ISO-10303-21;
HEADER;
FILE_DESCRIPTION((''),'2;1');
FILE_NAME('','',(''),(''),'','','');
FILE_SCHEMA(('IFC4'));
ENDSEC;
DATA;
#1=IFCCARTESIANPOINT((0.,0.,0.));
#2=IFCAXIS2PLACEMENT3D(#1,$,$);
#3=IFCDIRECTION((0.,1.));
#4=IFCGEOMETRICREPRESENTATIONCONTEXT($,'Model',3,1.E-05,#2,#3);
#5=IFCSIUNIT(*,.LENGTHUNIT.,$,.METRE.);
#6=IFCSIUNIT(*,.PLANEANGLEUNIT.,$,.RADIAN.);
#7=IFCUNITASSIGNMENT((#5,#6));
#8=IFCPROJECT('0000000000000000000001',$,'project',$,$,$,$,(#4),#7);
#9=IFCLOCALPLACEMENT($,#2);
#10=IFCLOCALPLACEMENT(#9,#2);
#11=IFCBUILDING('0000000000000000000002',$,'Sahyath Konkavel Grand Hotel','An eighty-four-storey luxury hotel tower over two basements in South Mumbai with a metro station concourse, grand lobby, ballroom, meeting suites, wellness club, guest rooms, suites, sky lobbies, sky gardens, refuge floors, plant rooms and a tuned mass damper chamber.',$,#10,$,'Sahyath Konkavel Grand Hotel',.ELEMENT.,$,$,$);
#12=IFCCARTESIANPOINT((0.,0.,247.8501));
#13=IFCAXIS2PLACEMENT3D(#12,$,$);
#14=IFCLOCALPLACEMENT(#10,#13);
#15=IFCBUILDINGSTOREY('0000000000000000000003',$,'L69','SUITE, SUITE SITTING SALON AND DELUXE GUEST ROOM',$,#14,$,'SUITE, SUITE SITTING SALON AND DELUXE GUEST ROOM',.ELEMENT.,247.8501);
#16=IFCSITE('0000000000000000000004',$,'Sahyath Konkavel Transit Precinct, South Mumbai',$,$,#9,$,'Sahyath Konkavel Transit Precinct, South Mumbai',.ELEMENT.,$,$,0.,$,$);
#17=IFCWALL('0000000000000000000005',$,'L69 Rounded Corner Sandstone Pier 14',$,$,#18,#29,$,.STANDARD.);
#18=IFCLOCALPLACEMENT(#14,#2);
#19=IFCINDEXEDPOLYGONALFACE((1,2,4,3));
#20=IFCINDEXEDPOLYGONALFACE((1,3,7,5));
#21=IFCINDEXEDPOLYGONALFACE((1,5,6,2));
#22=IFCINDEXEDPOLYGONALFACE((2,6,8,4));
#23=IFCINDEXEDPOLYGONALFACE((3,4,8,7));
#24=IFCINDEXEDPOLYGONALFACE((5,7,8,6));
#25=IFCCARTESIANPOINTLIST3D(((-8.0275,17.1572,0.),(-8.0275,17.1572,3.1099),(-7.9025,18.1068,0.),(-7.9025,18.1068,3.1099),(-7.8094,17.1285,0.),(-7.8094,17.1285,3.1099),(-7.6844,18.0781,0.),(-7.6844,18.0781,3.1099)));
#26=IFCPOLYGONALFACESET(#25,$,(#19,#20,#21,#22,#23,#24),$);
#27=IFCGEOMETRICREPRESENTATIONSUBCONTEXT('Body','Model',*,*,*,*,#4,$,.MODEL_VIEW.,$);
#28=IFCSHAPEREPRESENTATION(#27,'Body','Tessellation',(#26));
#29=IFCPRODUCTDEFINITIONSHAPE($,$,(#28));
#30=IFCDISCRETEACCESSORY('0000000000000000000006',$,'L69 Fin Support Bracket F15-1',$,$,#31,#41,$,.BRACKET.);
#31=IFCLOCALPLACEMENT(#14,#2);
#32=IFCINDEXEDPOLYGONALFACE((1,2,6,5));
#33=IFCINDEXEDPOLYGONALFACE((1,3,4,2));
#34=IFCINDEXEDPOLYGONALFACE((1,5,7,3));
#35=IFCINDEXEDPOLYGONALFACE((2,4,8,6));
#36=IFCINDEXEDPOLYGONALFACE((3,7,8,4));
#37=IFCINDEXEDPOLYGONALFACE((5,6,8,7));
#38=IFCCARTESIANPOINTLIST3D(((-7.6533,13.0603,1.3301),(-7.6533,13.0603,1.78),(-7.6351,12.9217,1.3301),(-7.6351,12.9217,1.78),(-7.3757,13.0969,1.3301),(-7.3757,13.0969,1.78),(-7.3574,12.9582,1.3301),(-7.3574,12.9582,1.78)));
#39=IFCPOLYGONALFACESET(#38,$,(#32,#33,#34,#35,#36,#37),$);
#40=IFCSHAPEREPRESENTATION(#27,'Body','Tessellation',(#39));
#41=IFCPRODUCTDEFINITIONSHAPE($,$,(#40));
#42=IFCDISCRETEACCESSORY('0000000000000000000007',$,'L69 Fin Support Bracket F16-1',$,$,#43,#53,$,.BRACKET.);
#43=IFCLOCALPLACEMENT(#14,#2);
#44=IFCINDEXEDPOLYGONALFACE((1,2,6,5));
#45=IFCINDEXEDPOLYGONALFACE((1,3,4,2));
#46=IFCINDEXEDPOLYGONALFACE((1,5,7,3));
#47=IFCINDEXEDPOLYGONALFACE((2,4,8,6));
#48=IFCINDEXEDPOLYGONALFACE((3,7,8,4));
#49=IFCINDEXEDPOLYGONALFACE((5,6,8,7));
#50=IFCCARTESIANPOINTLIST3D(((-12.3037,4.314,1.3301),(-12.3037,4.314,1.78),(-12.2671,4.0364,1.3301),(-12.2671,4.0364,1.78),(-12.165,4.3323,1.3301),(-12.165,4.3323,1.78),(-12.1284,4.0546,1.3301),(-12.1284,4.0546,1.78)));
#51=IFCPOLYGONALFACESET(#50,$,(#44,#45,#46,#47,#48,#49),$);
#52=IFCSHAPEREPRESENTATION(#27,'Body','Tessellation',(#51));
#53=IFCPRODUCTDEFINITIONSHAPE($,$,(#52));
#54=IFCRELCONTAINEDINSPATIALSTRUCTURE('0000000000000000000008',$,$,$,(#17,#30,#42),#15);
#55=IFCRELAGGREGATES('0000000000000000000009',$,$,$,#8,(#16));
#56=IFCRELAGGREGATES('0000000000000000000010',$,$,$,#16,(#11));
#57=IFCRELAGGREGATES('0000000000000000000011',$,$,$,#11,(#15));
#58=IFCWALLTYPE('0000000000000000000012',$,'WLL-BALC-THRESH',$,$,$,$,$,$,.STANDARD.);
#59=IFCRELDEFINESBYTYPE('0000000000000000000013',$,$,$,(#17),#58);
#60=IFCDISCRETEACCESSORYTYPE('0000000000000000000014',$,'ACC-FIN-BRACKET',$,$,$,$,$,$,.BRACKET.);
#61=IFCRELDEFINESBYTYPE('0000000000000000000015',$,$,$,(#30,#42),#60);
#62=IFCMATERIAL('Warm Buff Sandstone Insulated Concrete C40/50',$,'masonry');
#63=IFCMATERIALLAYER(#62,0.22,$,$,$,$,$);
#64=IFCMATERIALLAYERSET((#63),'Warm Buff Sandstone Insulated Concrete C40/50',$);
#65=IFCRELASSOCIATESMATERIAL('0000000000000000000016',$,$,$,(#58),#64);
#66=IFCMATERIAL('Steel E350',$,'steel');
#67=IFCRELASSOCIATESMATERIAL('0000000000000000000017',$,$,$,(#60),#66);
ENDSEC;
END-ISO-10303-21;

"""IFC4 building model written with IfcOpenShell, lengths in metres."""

from ifc_helpers import new_model, si_unit, direction, frame, frame_2d, origin, origin_2d, place, context, subcontext, project, spatial, rectangle, extrude, source, transform, mapped, material, layer, layer_set, type_object, element, save


model = new_model("IFC4")

# Units and contexts
model_context = context("Model", 3, precision=1e-05, world=origin(), true_north=direction((0.0, 1.0)))
body_context = subcontext(model_context, "Body", "Model", "MODEL_VIEW")
ifc_project = project(units=[si_unit("LENGTHUNIT", "METRE"), si_unit("PLANEANGLEUNIT", "RADIAN")], contexts=[model_context])

# Site, building, storey
site_placement = place(None, origin())
site = spatial("IfcSite", under=ifc_project, at=site_placement, Name="Sahyath Konkavel Transit Precinct, South Mumbai", LongName="Sahyath Konkavel Transit Precinct, South Mumbai", CompositionType="ELEMENT", RefElevation=0.0)
building_placement = place(site_placement, origin())
building = spatial("IfcBuilding", under=site, at=building_placement, Name="Sahyath Konkavel Grand Hotel", Description="An eighty-four-storey luxury hotel tower over two basements in South Mumbai with a metro station concourse, grand lobby, ballroom, meeting suites, wellness club, guest rooms, suites, sky lobbies, sky gardens, refuge floors, plant rooms and a tuned mass damper chamber.", LongName="Sahyath Konkavel Grand Hotel", CompositionType="ELEMENT")
storey_placement = place(building_placement, frame((0.0, 0.0, 247.8501)))
storey = spatial("IfcBuildingStorey", under=building, at=storey_placement, Name="L69", Description="SUITE, SUITE SITTING SALON AND DELUXE GUEST ROOM", LongName="SUITE, SUITE SITTING SALON AND DELUXE GUEST ROOM", CompositionType="ELEMENT", Elevation=247.8501)

# Shared definitions
ifc_material_1 = material(Name="Steel E350", Category="steel")

# Wall
ifc_material_2 = material(Name="Warm Buff Sandstone Insulated Concrete C40/50", Category="masonry")
ifc_layer_1 = layer(ifc_material_2, 0.22)
ifc_layer_set_1 = layer_set([ifc_layer_1], Name="Warm Buff Sandstone Insulated Concrete C40/50")
wall_type = type_object("IfcWallType", Name="WLL-BALC-THRESH", PredefinedType="STANDARD", material=ifc_layer_set_1)
for number, where, z_axis, x_axis, name in (
    (1, (-7.7935, 18.0925, 0.0), (0.0, 0.0, 1.0), (-0.130527, -0.991445, 0.0), "L69 Rounded Corner Sandstone Pier 14"),
):
    element("IfcWall", number, at=place(storey_placement, frame(where, z_axis=z_axis, x_axis=x_axis)), inside=storey, type_object=wall_type, Name=name, PredefinedType="STANDARD", context=body_context, shape_type="SweptSolid", body=[
        extrude(rectangle(XDim=0.9578, YDim=0.22, at=frame_2d((0.479, 0.0))), origin(), (0.0, 0.0, 1.0), 3.1099),
    ])

# Discrete accessories
discrete_accessory_type = type_object("IfcDiscreteAccessoryType", Name="ACC-FIN-BRACKET", PredefinedType="BRACKET", material=ifc_material_1)
shared_shape_1 = source(origin(), body_context, "Body", "SweptSolid", [
    extrude(rectangle(XDim=0.28, YDim=0.1399, at=origin_2d()), origin(), (0.0, 0.0, 1.0), 0.45),
])
for number, where, z_axis, x_axis, name in (
    (2, (-7.5054, 13.0093, 1.3301), (0.0, 0.0, 1.0), (-0.991445, -0.130526, 0.0), "L69 Fin Support Bracket F15-1"),
    (3, (-12.2161, 4.1843, 1.3301), (0.0, 0.0, 1.0), (-0.130526, 0.991445, 0.0), "L69 Fin Support Bracket F16-1"),
):
    element("IfcDiscreteAccessory", number, at=place(storey_placement, frame(where, z_axis=z_axis, x_axis=x_axis)), inside=storey, type_object=discrete_accessory_type, Name=name, PredefinedType="BRACKET", context=body_context, shape_type="MappedRepresentation", body=[
        mapped(shared_shape_1, transform((0.0, 0.0, 0.0), scale=1.0)),
    ])

save(model, "model.ifc")
